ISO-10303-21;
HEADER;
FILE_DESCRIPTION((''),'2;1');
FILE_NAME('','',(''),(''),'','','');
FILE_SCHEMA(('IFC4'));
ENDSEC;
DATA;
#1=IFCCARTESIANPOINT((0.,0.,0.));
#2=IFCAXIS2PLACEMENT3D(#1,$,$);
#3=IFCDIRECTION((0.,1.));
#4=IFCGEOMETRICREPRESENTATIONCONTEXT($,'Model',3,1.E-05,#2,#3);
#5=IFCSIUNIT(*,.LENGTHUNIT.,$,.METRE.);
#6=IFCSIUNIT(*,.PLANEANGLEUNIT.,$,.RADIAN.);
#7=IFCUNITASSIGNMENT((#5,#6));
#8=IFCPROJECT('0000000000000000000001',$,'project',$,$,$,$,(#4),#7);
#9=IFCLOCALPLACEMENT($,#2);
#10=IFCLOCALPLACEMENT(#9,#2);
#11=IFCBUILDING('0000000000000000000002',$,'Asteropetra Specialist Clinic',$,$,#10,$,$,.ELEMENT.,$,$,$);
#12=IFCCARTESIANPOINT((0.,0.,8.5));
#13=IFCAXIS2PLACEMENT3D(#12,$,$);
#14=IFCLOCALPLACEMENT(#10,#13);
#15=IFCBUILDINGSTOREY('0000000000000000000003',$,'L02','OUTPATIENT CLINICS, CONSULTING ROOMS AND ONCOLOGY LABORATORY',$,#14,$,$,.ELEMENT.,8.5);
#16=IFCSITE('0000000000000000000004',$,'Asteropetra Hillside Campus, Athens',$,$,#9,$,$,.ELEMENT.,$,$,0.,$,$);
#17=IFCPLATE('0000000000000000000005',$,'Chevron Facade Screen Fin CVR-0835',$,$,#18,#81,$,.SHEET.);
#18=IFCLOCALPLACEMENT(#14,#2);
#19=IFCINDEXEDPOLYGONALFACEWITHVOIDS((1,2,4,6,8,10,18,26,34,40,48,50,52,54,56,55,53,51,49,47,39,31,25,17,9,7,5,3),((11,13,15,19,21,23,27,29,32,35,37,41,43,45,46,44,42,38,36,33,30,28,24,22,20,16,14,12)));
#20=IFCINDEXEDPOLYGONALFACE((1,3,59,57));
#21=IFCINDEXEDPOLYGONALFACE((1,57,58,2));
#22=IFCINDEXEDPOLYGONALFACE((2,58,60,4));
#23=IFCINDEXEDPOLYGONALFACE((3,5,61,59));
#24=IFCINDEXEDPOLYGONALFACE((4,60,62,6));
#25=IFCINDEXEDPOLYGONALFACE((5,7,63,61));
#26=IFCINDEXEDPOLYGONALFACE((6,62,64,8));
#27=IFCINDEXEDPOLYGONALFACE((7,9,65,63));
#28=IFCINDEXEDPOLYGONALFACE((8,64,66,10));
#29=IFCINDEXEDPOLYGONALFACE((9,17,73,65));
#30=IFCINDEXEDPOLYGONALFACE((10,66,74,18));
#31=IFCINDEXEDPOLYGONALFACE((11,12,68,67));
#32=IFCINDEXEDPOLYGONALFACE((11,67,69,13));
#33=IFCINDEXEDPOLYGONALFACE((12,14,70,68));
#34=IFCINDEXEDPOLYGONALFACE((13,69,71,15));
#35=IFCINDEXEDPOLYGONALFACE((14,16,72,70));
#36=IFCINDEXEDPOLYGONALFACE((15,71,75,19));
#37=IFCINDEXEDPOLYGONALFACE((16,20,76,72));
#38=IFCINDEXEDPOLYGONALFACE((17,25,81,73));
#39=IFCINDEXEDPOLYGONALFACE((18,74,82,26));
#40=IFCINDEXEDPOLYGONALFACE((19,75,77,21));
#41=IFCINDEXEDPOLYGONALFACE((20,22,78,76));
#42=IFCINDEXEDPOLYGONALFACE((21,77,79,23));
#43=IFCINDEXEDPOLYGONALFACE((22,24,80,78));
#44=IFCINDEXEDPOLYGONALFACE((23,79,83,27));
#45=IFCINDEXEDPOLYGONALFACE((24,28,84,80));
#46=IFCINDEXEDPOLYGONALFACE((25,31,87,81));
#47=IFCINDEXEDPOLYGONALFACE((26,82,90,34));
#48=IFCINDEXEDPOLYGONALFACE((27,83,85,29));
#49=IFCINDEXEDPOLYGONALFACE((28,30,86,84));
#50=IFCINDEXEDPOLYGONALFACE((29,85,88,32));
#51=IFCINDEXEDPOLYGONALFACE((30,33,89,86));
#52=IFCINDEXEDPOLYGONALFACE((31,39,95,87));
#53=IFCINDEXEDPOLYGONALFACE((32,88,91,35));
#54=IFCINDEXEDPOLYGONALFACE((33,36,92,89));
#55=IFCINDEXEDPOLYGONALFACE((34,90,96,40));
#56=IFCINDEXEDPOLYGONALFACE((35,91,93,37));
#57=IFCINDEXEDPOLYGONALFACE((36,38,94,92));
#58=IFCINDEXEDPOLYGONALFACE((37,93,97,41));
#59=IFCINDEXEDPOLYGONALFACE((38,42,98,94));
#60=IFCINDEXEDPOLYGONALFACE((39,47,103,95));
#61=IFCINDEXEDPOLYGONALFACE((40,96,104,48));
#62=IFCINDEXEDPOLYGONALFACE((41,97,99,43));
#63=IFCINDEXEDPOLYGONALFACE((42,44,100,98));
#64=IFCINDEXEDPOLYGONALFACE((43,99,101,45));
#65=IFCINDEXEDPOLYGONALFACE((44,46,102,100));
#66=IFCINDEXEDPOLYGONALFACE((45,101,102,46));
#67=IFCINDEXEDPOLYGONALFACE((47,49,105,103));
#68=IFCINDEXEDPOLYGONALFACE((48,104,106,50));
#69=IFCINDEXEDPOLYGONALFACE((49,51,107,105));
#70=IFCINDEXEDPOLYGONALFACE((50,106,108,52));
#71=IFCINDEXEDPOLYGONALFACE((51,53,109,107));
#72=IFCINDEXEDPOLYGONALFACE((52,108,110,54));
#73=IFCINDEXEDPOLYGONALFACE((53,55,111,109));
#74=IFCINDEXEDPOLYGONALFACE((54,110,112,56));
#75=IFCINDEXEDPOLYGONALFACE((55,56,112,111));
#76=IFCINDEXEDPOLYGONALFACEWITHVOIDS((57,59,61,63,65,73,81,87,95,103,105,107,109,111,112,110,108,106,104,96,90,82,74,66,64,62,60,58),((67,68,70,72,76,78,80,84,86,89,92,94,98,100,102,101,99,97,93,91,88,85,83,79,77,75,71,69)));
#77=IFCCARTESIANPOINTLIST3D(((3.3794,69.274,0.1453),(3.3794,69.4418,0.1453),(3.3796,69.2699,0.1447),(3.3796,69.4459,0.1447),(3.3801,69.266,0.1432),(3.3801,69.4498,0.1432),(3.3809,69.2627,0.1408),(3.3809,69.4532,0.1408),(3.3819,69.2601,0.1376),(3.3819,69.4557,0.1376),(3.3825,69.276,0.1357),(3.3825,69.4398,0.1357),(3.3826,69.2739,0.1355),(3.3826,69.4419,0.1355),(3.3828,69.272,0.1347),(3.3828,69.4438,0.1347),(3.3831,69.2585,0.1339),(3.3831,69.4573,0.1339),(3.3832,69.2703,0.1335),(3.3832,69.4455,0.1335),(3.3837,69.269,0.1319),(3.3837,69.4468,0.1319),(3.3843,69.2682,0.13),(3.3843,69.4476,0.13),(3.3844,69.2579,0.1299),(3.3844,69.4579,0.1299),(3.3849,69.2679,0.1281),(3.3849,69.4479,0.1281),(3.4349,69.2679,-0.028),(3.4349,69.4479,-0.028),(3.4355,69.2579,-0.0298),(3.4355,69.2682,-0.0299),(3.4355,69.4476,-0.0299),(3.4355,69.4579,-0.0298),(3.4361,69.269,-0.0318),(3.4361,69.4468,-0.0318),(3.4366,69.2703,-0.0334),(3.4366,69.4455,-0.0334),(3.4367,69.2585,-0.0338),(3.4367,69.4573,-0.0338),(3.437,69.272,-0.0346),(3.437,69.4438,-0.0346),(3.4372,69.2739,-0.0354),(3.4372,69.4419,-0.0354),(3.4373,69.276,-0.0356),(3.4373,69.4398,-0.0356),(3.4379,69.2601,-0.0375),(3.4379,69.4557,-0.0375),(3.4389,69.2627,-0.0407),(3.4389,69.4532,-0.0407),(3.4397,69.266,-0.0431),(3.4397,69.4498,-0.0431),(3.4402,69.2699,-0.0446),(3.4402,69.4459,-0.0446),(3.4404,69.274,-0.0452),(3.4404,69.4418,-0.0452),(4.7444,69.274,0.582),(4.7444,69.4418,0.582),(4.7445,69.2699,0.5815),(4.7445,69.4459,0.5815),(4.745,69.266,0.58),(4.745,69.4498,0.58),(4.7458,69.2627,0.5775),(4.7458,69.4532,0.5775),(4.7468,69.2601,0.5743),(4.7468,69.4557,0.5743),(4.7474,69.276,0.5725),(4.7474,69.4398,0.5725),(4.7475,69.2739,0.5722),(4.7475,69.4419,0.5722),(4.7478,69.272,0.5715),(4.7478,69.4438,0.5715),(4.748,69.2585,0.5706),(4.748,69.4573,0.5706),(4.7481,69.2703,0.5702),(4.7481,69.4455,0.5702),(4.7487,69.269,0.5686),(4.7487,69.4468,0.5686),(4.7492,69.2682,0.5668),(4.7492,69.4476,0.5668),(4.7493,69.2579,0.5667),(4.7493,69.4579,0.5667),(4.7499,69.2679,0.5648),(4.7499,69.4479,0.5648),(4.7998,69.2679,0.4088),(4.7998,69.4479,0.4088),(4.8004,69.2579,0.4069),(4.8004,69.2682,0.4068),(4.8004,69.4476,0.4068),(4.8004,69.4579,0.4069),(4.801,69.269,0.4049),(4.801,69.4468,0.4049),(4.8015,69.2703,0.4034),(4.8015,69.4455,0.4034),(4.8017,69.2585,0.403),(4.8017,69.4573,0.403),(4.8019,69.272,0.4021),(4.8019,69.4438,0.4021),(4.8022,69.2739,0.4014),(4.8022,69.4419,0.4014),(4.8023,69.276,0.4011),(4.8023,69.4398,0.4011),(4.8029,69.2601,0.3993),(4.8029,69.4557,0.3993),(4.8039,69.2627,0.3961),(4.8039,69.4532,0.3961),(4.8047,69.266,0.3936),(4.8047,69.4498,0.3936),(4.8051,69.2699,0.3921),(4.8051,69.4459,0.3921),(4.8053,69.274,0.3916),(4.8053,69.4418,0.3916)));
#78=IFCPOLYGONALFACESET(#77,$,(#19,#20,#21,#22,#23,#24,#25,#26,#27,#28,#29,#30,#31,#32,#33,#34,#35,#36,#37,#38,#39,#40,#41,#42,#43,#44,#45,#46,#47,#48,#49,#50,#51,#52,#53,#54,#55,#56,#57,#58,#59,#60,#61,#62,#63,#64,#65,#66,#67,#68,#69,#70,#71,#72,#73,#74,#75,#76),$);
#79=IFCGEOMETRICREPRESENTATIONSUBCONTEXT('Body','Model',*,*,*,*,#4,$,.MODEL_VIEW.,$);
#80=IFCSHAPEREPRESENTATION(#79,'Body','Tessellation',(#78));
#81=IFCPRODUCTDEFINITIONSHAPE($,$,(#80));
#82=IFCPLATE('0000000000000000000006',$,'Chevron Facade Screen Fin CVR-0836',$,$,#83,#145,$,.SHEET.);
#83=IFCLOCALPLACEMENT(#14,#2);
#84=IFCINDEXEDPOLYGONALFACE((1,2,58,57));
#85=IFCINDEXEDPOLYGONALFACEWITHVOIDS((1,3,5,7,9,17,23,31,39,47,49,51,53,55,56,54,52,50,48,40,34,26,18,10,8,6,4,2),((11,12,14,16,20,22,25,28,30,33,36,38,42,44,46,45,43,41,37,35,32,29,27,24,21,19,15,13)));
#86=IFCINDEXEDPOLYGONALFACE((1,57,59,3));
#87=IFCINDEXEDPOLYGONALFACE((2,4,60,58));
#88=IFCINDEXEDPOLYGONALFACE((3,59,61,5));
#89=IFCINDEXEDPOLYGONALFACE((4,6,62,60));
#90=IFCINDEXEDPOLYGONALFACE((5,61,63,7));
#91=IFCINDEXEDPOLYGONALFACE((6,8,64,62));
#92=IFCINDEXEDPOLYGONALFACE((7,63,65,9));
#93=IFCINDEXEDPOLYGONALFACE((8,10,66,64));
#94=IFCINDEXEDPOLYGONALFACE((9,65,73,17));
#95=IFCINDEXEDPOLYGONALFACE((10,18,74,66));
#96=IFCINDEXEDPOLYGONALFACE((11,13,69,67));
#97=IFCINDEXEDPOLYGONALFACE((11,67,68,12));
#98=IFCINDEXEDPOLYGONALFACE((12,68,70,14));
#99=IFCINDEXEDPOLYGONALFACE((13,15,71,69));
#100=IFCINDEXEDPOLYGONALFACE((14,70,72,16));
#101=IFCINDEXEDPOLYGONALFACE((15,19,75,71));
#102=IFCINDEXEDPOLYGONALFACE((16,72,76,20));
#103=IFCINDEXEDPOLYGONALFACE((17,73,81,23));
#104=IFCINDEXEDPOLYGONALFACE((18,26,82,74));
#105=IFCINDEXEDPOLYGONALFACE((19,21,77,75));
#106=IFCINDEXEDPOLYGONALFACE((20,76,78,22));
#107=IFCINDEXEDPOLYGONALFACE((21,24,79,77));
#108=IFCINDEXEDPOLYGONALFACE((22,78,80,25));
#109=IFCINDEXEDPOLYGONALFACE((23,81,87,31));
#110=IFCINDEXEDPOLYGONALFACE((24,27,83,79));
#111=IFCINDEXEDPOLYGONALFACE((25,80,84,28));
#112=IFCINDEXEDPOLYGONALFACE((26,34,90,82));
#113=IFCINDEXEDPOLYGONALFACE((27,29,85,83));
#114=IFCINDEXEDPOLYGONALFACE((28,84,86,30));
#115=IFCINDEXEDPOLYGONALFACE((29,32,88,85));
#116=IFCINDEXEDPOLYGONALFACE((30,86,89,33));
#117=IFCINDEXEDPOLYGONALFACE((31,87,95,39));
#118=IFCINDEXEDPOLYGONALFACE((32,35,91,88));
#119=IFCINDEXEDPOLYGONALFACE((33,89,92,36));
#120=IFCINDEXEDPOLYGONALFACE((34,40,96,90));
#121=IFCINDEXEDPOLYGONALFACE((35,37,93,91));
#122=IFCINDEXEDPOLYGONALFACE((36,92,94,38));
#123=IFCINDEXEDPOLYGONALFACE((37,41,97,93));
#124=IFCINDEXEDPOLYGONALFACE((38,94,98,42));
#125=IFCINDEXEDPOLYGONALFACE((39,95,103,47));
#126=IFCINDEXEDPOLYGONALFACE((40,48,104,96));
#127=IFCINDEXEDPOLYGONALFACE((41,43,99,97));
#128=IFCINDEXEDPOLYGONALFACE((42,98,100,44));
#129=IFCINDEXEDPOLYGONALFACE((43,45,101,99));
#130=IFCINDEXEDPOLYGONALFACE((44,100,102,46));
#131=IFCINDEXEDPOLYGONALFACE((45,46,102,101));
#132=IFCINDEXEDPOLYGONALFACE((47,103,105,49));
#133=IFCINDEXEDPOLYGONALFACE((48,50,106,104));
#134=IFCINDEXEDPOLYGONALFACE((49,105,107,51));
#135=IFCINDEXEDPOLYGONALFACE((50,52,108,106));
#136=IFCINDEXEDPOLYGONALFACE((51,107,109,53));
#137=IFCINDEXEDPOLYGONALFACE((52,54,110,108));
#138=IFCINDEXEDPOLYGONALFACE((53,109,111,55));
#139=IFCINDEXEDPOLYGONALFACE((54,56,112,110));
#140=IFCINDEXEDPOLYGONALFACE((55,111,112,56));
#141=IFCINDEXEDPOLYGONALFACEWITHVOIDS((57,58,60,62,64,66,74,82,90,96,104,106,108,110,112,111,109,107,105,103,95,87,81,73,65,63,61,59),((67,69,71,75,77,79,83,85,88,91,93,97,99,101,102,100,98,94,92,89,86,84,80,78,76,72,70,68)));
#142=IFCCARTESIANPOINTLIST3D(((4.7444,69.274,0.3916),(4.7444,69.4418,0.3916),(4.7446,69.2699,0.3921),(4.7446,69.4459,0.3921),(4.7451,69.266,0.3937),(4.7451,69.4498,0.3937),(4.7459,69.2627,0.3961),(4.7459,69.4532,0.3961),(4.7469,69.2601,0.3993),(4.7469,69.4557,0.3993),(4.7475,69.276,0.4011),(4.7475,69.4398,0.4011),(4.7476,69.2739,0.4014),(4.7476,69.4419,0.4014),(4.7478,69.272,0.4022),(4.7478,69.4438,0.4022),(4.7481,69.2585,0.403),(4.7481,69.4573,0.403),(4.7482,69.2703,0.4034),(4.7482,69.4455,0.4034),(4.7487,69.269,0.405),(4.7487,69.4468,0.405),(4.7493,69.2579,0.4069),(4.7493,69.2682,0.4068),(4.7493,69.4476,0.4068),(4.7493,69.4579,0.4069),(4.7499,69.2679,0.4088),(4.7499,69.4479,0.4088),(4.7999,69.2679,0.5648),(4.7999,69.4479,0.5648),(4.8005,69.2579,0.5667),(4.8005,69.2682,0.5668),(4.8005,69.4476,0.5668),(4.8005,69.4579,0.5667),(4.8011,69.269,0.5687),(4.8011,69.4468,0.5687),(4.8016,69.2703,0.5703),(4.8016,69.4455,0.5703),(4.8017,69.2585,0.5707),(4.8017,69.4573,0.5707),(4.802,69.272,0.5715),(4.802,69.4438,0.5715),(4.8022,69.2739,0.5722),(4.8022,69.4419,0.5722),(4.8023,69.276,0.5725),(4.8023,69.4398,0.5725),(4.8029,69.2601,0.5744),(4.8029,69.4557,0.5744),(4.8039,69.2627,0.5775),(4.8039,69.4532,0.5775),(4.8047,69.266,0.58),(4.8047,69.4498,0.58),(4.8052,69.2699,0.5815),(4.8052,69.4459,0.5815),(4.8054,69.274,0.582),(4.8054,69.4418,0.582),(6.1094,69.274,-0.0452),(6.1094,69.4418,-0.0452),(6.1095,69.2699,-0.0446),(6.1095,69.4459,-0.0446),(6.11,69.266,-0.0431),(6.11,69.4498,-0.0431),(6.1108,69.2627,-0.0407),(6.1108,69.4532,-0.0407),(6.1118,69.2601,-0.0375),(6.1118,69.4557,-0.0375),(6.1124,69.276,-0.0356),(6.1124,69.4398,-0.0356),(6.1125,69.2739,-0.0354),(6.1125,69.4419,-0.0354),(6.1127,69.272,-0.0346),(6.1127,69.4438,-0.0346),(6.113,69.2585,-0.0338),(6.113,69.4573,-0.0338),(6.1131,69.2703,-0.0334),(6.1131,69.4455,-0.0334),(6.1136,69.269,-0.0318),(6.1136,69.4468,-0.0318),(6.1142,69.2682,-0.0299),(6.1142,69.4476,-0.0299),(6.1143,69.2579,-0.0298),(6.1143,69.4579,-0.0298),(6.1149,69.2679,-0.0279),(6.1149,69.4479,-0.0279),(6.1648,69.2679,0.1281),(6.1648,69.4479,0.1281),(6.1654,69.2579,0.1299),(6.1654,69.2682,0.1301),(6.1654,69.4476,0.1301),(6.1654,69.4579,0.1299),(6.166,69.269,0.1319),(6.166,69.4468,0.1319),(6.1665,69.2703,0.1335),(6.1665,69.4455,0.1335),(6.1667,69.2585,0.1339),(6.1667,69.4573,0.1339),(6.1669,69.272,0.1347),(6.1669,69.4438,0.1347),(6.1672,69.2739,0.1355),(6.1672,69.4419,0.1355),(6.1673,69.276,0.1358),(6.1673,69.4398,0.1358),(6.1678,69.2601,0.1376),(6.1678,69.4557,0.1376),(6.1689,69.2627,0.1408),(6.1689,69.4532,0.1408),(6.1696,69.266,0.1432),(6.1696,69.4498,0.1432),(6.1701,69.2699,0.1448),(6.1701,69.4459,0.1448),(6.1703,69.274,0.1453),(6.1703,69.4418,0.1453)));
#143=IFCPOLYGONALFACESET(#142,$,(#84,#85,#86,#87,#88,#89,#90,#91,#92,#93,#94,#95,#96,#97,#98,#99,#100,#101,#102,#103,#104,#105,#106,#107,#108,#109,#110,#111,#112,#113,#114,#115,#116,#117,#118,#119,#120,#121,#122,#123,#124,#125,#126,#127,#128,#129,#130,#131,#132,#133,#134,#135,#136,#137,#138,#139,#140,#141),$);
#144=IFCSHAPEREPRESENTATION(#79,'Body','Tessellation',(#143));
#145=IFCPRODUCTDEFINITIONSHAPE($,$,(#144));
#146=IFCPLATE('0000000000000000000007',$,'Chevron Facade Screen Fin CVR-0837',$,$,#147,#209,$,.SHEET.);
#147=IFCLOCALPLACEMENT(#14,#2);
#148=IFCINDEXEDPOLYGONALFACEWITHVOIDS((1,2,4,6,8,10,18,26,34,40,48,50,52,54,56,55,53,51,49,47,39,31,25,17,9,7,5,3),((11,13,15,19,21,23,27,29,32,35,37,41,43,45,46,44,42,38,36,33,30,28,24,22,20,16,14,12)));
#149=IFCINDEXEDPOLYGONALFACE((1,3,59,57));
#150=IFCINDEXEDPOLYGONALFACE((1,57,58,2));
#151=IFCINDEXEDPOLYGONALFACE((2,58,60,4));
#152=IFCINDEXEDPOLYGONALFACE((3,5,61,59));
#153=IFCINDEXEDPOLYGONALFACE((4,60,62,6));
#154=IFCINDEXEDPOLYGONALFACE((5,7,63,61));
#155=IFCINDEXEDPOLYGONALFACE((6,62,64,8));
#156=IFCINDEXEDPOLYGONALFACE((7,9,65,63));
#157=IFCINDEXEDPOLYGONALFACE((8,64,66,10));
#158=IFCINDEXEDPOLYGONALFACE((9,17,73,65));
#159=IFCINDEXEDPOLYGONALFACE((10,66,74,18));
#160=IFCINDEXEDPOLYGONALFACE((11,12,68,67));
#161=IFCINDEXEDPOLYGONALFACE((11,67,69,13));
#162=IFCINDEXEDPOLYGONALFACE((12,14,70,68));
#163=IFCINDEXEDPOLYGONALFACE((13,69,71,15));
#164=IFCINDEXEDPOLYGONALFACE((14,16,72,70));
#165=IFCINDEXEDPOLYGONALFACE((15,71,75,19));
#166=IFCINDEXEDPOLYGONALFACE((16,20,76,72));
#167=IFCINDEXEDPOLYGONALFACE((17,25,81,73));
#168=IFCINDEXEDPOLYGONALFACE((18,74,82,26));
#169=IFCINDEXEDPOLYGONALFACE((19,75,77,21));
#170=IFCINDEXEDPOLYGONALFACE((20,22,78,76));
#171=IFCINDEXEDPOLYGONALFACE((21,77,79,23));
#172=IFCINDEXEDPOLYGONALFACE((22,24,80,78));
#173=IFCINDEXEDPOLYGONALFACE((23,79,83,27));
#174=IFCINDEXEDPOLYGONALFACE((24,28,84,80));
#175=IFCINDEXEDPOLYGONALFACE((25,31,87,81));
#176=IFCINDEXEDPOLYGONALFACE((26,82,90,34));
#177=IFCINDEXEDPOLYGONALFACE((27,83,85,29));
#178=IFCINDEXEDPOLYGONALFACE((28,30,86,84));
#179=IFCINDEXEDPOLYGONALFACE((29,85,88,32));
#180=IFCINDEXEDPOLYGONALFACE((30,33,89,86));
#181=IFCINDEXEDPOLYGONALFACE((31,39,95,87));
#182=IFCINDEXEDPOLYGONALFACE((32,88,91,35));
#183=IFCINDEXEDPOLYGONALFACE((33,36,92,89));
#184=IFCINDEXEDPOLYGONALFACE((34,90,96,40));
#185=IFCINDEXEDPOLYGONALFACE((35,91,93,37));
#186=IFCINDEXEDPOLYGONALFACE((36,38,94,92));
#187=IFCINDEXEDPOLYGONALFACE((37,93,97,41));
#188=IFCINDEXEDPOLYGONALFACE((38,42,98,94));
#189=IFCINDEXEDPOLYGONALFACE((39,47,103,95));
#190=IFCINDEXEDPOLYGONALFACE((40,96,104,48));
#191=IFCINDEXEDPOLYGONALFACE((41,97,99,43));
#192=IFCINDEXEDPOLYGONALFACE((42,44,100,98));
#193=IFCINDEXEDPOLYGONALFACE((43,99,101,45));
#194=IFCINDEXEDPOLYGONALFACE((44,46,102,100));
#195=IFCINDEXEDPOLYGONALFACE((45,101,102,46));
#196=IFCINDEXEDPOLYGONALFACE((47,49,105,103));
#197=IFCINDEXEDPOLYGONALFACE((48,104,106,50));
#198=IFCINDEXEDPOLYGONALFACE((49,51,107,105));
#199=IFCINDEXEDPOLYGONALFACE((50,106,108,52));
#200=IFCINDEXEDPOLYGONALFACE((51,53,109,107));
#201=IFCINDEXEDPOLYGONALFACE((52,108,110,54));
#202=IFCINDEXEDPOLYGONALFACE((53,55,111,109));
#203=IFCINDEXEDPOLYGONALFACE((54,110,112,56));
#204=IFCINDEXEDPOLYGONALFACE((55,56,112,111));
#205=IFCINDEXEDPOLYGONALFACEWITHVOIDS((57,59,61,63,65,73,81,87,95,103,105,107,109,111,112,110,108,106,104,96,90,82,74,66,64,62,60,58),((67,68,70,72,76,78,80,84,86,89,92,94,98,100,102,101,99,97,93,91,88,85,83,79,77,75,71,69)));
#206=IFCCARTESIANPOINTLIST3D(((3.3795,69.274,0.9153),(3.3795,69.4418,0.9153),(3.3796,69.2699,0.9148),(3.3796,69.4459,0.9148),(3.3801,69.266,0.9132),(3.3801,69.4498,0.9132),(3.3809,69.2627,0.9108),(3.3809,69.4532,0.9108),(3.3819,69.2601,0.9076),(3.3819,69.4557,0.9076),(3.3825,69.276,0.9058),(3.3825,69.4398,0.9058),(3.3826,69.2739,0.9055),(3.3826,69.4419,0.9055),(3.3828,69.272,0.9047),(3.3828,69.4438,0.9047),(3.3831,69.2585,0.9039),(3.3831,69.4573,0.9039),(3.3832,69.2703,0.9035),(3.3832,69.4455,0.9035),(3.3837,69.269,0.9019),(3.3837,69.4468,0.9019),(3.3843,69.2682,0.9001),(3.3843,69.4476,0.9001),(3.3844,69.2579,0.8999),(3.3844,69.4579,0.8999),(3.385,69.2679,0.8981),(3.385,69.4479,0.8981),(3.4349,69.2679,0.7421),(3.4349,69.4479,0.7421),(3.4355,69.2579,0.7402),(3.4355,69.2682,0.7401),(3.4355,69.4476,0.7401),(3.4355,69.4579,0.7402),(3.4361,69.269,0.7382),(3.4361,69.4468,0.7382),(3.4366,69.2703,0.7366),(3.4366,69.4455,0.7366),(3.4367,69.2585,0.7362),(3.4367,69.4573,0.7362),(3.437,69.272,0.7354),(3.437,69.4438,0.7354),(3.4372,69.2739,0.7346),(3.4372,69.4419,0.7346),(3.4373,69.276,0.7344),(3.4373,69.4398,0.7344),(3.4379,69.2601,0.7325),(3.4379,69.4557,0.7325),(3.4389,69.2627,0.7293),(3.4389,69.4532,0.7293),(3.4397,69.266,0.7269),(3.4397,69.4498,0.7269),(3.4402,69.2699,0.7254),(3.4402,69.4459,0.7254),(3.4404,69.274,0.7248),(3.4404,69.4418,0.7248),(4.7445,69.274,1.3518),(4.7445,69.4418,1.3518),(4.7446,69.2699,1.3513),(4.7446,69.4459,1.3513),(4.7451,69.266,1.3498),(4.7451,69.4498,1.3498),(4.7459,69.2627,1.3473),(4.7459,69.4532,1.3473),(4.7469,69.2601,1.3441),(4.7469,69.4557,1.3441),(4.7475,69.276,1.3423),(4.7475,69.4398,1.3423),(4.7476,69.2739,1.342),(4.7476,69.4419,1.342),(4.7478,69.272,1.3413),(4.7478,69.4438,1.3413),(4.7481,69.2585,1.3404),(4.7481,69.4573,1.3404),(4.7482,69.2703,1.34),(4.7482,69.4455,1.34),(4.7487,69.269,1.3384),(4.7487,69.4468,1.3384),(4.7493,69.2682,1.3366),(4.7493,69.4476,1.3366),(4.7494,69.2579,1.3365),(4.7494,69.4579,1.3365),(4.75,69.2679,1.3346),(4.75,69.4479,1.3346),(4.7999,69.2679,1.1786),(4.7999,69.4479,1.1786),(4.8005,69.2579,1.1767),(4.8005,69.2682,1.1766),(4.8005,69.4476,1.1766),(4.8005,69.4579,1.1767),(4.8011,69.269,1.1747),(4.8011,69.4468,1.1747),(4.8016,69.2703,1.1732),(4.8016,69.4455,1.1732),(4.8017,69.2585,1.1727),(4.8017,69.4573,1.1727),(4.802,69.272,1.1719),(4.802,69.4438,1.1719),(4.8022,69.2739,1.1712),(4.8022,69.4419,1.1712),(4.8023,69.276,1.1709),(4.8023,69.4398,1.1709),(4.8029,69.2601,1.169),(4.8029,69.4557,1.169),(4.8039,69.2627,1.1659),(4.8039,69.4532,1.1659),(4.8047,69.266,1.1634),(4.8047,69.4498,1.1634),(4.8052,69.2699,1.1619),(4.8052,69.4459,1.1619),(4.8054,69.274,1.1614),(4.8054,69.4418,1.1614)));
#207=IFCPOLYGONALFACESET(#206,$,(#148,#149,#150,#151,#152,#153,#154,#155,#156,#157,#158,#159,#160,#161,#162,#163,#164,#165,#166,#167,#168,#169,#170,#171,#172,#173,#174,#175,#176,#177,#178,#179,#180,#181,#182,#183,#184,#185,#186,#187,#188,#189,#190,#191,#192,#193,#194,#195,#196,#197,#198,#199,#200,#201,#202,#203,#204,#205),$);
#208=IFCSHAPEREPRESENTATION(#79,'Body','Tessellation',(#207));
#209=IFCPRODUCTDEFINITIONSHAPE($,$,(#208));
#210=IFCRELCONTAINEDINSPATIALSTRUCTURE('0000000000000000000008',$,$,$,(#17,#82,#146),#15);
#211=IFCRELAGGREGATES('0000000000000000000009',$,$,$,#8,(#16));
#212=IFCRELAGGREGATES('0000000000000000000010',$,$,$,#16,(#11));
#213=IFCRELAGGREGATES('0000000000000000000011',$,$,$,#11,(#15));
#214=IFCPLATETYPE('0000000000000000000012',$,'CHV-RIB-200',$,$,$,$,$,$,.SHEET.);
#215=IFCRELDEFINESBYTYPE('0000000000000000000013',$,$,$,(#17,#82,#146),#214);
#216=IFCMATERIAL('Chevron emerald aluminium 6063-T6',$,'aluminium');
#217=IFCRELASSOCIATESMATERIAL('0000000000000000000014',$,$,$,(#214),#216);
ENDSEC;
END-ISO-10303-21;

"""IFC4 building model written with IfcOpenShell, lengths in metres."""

from ifc_helpers import new_model, si_unit, direction, frame, origin, origin_2d, place, context, subcontext, project, spatial, hollow_rectangle, extrude, material, material_profile, profile_set, type_object, element, save


model = new_model("IFC4")

# Units and contexts
model_context = context("Model", 3, precision=1e-05, world=origin(), true_north=direction((0.0, 1.0)))
body_context = subcontext(model_context, "Body", "Model", "MODEL_VIEW")
ifc_project = project(units=[si_unit("LENGTHUNIT", "METRE"), si_unit("PLANEANGLEUNIT", "RADIAN")], contexts=[model_context])

# Site, building, storey
site_placement = place(None, origin())
site = spatial("IfcSite", under=ifc_project, at=site_placement, Name="Asteropetra Hillside Campus, Athens", CompositionType="ELEMENT", RefElevation=0.0)
building_placement = place(site_placement, origin())
building = spatial("IfcBuilding", under=site, at=building_placement, Name="Asteropetra Specialist Clinic", CompositionType="ELEMENT")
storey_placement = place(building_placement, frame((0.0, 0.0, 8.5)))
storey = spatial("IfcBuildingStorey", under=building, at=storey_placement, Name="L02", Description="OUTPATIENT CLINICS, CONSULTING ROOMS AND ONCOLOGY LABORATORY", CompositionType="ELEMENT", Elevation=8.5)

# Plates
ifc_material_1 = material(Name="Chevron emerald aluminium 6063-T6", Category="aluminium")
ifc_material_profile_1 = material_profile(ifc_material_1, hollow_rectangle(XDim=0.2, YDim=0.2, WallThickness=0.01, InnerFilletRadius=0.0081, OuterFilletRadius=0.0161, at=origin_2d()), Name="SHS 200x200x10.0")
ifc_profile_set_1 = profile_set([ifc_material_profile_1], Name="Chevron emerald aluminium 6063-T6")
plate_type_1 = type_object("IfcPlateType", Name="CHV-RIB-200", PredefinedType="SHEET", material=ifc_profile_set_1)
for number, where, z_axis, x_axis, name in (
    (1, (3.4099, 69.3579, 0.05), (0.95243, 0.0, 0.304757), (0.0, 1.0, 0.0), "Chevron Facade Screen Fin CVR-0835"),
    (2, (4.7749, 69.3579, 0.4868), (0.95243, 0.0, -0.304757), (0.0, 1.0, 0.0), "Chevron Facade Screen Fin CVR-0836"),
    (3, (3.4099, 69.3579, 0.8201), (0.95248, 0.0, 0.304603), (0.0, 1.0, 0.0), "Chevron Facade Screen Fin CVR-0837"),
):
    element("IfcPlate", number, at=place(storey_placement, frame(where, z_axis=z_axis, x_axis=x_axis)), inside=storey, type_object=plate_type_1, Name=name, PredefinedType="SHEET", context=body_context, shape_type="SweptSolid", body=[
        extrude(hollow_rectangle(XDim=0.2, YDim=0.2, WallThickness=0.01, InnerFilletRadius=0.0081, OuterFilletRadius=0.0161, at=origin_2d()), origin(), (0.0, 0.0, 1.0), 1.4331),
    ])

save(model, "model.ifc")
